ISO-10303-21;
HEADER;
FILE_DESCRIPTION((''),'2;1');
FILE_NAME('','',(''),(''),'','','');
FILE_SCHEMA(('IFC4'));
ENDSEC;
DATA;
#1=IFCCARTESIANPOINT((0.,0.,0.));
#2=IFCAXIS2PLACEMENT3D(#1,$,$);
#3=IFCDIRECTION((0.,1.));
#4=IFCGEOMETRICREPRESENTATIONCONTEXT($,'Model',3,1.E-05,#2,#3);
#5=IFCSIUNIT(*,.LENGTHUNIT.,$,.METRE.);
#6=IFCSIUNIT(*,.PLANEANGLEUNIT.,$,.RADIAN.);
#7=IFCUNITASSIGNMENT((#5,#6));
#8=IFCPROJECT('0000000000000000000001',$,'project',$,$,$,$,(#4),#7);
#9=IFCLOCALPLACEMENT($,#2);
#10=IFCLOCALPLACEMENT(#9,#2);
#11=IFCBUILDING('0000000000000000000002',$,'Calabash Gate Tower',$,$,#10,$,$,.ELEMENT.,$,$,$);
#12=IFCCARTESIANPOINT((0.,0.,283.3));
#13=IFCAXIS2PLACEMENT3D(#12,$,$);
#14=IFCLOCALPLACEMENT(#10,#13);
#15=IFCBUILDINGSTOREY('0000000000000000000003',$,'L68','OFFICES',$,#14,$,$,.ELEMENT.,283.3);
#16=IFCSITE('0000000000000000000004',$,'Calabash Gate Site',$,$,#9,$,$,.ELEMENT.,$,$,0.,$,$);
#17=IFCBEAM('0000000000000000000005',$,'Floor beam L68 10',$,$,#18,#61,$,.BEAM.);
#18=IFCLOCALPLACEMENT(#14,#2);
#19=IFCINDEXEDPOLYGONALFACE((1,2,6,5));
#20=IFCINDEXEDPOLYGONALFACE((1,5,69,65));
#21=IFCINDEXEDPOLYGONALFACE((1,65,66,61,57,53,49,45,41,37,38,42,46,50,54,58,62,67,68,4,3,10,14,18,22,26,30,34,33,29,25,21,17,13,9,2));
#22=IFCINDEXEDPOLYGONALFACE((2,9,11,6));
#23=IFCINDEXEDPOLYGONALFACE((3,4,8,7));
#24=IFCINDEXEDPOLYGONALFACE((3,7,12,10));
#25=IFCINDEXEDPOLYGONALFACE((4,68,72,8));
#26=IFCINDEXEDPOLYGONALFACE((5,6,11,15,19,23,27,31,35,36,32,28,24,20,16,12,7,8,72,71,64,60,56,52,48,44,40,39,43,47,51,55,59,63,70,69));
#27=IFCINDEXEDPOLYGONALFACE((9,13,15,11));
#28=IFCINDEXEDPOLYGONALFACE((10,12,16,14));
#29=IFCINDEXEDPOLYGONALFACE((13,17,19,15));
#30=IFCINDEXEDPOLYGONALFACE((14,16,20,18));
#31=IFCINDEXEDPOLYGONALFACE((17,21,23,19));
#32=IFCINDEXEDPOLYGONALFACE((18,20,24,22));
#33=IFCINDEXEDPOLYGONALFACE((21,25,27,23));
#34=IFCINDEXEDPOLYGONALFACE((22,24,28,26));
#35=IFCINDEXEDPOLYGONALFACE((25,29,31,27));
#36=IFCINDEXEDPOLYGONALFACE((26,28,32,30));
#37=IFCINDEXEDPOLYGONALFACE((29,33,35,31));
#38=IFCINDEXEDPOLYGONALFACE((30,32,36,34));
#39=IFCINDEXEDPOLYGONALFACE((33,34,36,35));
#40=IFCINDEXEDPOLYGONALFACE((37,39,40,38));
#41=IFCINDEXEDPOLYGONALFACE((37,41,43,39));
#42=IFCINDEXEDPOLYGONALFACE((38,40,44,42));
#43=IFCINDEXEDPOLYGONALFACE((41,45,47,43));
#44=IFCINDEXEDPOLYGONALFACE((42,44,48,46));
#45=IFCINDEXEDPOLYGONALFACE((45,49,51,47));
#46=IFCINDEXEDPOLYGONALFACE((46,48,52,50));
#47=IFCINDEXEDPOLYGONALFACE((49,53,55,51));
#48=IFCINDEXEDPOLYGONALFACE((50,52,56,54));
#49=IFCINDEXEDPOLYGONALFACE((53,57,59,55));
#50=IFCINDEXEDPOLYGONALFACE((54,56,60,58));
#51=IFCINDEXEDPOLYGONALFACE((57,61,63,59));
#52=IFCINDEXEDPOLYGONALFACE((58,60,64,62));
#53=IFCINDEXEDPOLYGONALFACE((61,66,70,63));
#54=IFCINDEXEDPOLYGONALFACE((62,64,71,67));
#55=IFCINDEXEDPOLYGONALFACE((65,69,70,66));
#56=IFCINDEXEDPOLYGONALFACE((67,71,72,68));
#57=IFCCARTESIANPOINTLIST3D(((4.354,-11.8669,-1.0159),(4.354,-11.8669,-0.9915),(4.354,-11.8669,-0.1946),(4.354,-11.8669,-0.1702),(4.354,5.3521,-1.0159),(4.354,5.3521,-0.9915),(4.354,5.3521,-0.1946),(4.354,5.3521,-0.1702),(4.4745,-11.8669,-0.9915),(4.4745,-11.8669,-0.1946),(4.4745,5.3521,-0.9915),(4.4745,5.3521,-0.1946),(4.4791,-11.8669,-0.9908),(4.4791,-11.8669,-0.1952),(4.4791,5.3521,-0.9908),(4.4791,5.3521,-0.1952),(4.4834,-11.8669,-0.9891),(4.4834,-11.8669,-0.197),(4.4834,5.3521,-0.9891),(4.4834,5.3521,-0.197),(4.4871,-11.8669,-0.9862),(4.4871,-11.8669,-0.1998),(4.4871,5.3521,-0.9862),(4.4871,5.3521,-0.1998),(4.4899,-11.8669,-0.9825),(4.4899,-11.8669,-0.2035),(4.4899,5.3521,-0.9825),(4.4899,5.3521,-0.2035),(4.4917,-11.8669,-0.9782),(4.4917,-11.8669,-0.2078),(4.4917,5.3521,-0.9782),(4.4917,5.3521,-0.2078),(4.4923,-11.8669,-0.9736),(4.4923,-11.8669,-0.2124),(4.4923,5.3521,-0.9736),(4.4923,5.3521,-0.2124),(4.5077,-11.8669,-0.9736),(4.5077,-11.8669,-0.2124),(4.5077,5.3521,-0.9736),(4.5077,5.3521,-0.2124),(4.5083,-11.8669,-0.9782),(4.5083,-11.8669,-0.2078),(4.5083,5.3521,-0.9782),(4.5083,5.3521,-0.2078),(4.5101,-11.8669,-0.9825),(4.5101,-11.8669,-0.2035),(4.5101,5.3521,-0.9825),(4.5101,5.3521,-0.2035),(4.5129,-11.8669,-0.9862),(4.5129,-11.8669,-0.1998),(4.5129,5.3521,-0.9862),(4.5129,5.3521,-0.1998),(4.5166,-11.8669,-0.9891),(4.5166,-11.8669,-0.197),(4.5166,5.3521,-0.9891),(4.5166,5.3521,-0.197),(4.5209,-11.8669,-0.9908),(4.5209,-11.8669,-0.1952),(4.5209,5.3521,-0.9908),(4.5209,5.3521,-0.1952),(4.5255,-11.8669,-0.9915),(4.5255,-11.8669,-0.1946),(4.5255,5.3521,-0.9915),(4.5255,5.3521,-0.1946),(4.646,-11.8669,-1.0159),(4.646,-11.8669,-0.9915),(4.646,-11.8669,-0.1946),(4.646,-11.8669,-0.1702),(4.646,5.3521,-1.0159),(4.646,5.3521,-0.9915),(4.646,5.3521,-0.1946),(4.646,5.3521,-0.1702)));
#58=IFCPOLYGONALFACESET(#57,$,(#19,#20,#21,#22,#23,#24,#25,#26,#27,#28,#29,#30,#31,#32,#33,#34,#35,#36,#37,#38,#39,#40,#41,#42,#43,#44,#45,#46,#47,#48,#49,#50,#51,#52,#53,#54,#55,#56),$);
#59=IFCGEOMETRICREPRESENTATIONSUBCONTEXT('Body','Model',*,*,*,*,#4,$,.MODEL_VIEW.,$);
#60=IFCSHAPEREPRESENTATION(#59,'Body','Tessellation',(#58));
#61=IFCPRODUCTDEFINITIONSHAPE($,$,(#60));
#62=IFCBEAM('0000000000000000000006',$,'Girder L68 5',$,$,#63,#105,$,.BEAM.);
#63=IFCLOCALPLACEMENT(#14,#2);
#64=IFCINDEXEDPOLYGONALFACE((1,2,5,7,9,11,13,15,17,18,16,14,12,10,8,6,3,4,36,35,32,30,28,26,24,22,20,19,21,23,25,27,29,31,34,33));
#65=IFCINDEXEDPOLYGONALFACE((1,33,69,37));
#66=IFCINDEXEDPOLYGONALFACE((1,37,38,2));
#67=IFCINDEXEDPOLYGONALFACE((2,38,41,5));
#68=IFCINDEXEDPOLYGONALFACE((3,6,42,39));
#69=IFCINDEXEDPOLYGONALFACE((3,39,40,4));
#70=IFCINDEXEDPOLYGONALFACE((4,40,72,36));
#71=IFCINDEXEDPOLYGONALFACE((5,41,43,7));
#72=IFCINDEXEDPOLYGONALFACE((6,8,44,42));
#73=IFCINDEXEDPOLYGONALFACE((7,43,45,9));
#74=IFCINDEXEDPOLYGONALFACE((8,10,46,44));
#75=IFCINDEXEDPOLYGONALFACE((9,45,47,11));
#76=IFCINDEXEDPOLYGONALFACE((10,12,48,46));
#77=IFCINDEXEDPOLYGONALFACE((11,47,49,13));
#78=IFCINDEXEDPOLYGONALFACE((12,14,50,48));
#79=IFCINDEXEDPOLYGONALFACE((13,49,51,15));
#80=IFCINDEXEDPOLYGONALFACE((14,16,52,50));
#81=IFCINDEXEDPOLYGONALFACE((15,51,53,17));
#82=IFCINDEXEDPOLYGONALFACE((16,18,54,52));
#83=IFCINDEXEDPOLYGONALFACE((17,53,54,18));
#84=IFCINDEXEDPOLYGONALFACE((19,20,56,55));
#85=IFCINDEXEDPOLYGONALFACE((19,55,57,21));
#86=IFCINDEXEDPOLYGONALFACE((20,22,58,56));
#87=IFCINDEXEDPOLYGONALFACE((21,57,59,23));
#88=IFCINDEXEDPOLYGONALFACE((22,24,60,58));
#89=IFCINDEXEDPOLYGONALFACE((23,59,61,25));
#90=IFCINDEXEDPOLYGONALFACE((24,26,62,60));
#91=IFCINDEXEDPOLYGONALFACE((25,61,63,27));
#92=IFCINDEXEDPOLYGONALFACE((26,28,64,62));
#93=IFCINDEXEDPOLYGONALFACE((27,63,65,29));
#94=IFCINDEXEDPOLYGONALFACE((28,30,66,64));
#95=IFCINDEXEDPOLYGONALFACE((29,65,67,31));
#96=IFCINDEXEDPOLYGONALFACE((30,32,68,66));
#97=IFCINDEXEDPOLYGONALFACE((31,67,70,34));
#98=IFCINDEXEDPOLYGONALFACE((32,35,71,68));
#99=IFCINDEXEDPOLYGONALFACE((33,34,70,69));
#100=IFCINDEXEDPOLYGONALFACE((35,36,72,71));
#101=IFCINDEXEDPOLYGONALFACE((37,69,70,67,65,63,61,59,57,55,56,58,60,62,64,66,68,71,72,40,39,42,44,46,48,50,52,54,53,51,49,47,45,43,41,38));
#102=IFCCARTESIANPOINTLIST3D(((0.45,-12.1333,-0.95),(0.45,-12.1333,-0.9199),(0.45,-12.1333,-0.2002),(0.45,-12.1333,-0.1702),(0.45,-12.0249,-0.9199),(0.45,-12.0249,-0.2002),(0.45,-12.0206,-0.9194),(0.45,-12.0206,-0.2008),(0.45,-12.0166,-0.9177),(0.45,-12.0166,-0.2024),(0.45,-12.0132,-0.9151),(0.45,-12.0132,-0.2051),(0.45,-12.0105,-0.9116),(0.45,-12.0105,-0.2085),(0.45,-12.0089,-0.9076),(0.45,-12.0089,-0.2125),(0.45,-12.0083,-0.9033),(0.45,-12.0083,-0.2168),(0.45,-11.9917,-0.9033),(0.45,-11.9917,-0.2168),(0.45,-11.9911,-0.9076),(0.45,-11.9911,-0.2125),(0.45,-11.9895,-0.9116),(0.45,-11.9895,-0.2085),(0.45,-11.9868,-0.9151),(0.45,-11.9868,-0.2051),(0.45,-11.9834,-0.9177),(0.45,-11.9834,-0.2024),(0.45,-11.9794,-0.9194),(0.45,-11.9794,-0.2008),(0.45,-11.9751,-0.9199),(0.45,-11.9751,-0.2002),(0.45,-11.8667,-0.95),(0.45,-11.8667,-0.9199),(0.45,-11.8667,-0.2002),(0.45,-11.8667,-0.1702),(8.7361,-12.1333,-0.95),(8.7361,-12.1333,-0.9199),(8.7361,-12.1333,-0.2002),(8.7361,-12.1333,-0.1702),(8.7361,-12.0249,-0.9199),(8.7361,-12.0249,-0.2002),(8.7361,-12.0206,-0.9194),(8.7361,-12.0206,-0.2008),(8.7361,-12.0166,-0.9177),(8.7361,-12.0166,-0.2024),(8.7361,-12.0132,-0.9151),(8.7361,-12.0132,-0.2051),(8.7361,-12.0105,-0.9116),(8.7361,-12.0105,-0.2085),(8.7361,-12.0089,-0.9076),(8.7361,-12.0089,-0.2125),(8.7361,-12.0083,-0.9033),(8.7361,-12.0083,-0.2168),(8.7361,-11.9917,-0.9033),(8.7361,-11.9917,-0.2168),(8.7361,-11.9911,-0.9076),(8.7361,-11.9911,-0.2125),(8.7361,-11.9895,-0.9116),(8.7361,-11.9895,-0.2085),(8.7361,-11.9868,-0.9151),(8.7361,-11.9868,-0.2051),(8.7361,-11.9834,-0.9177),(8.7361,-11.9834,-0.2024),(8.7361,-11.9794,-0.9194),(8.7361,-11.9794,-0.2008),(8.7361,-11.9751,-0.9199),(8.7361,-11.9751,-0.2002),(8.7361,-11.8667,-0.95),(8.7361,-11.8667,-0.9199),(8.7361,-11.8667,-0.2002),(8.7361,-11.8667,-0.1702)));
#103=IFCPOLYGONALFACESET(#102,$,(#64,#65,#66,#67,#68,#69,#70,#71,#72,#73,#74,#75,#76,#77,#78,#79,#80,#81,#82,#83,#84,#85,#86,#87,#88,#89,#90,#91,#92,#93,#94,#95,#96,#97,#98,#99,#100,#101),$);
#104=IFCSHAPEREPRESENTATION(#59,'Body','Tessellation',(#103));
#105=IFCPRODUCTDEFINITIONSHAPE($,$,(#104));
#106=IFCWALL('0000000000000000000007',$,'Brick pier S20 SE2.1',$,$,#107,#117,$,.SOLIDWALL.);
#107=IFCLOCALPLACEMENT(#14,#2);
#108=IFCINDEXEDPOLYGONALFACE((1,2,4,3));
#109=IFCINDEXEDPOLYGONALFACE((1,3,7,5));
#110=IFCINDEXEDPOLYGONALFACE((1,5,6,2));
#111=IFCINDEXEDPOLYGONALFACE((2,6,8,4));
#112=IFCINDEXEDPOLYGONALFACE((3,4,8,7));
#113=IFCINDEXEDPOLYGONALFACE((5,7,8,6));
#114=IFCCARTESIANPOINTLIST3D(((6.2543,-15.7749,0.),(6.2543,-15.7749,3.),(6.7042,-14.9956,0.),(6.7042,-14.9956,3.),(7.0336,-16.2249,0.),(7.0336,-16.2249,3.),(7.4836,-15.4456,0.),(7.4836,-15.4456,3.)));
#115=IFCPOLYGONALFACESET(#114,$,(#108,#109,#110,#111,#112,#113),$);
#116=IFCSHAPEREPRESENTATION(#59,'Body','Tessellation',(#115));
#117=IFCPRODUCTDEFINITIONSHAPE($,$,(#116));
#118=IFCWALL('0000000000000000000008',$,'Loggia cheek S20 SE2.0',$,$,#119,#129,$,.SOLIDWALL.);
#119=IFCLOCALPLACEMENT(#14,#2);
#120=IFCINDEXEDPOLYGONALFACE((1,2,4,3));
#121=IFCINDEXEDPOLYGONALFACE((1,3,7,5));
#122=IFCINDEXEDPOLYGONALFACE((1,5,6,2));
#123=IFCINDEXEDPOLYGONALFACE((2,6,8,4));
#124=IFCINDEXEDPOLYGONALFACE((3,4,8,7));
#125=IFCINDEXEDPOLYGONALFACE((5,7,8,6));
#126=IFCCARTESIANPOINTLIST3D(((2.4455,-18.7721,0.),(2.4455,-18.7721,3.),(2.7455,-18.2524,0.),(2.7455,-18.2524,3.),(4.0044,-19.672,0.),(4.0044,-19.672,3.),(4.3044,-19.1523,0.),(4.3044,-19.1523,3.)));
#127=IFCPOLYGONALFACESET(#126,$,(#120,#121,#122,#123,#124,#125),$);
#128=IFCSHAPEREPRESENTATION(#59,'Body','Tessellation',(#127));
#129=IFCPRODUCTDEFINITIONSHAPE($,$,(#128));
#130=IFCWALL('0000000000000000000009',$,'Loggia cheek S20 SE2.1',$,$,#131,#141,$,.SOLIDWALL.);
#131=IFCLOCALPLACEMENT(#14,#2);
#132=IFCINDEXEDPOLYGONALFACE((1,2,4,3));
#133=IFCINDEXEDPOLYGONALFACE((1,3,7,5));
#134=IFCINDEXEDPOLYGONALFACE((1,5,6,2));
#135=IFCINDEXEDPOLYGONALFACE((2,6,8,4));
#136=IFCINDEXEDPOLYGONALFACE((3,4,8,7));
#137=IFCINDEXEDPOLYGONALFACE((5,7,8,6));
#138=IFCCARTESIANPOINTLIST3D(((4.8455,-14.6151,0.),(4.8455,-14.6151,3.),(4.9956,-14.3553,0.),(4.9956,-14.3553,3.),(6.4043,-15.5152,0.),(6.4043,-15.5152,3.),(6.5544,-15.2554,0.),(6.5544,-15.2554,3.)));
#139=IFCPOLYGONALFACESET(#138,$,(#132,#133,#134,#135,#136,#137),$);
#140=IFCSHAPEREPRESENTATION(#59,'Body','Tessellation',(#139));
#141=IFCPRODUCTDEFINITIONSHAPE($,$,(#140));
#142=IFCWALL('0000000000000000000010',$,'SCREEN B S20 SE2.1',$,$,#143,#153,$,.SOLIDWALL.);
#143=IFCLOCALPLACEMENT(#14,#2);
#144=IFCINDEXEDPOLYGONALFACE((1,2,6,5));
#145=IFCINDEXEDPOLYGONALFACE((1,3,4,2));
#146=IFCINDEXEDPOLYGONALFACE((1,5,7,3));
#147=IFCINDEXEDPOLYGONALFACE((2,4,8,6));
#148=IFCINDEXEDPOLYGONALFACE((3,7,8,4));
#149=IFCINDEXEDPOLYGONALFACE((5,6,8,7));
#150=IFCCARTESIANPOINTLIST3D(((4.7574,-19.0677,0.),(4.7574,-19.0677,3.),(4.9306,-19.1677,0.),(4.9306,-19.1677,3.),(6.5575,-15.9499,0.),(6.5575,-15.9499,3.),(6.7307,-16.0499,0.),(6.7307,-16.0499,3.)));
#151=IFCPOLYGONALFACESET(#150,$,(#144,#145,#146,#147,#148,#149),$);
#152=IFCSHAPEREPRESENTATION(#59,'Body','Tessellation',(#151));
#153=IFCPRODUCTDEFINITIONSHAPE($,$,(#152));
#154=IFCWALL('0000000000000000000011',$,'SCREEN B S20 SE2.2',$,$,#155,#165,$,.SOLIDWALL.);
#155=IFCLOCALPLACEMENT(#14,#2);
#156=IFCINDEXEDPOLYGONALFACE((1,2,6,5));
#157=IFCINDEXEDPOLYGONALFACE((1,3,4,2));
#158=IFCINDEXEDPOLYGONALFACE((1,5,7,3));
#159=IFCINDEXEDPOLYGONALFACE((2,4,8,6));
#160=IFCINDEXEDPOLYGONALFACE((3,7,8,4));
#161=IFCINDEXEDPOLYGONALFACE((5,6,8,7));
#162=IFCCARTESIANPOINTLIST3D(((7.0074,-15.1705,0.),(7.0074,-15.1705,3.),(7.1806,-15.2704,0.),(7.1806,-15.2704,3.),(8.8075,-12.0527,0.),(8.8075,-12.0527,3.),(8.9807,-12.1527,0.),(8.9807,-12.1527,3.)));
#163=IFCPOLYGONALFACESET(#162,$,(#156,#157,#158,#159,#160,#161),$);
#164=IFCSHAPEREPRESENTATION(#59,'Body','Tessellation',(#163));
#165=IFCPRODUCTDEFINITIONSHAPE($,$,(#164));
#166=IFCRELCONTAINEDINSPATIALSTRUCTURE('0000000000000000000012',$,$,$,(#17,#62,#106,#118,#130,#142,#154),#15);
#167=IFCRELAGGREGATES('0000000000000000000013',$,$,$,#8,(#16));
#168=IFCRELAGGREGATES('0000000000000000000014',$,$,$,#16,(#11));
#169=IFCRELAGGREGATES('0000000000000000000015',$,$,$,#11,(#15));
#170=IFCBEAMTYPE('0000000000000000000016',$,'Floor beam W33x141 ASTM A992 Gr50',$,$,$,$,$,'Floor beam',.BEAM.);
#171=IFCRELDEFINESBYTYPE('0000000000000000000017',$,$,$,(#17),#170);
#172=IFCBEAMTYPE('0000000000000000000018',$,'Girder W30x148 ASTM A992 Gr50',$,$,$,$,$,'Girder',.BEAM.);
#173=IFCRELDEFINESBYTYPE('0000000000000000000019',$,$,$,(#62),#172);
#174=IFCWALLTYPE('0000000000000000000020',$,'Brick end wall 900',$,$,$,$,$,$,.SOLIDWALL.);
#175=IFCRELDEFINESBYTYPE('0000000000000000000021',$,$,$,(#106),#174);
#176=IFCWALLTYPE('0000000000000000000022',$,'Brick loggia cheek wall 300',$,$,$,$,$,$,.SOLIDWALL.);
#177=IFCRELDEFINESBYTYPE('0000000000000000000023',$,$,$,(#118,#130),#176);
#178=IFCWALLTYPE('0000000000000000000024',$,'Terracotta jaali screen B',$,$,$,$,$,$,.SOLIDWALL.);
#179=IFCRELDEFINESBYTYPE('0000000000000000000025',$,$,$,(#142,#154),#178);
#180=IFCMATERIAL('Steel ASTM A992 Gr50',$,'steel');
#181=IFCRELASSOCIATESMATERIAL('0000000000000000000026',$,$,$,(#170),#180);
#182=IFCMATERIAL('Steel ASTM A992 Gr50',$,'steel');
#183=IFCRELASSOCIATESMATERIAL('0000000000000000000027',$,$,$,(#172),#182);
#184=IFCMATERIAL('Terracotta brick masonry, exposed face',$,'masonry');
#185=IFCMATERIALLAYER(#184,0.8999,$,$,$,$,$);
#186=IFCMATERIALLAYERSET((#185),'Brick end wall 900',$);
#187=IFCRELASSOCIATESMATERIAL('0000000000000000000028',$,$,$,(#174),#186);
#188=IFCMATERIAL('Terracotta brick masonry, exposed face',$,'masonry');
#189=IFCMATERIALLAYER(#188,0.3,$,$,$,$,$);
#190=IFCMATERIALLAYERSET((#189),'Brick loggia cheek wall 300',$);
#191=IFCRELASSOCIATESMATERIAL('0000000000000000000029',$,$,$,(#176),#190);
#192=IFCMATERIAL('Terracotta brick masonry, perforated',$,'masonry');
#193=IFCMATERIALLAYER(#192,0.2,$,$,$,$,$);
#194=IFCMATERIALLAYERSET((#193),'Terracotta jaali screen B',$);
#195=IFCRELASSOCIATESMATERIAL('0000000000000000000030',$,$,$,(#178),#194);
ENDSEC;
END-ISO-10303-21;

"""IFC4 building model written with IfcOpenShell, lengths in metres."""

from ifc_helpers import new_model, si_unit, direction, frame, frame_2d, origin, origin_2d, place, context, subcontext, project, spatial, rectangle, i_section, extrude, material, layer, layer_set, material_profile, profile_set, type_object, element, save


model = new_model("IFC4")

# Units and contexts
model_context = context("Model", 3, precision=1e-05, world=origin(), true_north=direction((0.0, 1.0)))
body_context = subcontext(model_context, "Body", "Model", "MODEL_VIEW")
ifc_project = project(units=[si_unit("LENGTHUNIT", "METRE"), si_unit("PLANEANGLEUNIT", "RADIAN")], contexts=[model_context])

# Site, building, storey
site_placement = place(None, origin())
site = spatial("IfcSite", under=ifc_project, at=site_placement, Name="Calabash Gate Site", CompositionType="ELEMENT", RefElevation=0.0)
building_placement = place(site_placement, origin())
building = spatial("IfcBuilding", under=site, at=building_placement, Name="Calabash Gate Tower", CompositionType="ELEMENT")
storey_placement = place(building_placement, frame((0.0, 0.0, 283.3)))
storey = spatial("IfcBuildingStorey", under=building, at=storey_placement, Name="L68", Description="OFFICES", CompositionType="ELEMENT", Elevation=283.3)

# Beams
ifc_material_1 = material(Name="Steel ASTM A992 Gr50", Category="steel")
ifc_material_profile_1 = material_profile(ifc_material_1, i_section(OverallWidth=0.292, OverallDepth=0.8457, WebThickness=0.0154, FlangeThickness=0.0244, FilletRadius=0.0178, at=origin_2d()))
ifc_profile_set_1 = profile_set([ifc_material_profile_1], Name="Steel ASTM A992 Gr50")
beam_type_1 = type_object("IfcBeamType", Name="Floor beam W33x141 ASTM A992 Gr50", ElementType="Floor beam", PredefinedType="BEAM", material=ifc_profile_set_1)
beam_1_placement = place(storey_placement, frame((4.5, -11.8669, -0.593), z_axis=(0.0, 1.0, 0.0), x_axis=(-1.0, 0.0, 0.0)))
element("IfcBeam", 1, at=beam_1_placement, inside=storey, type_object=beam_type_1, Name="Floor beam L68 10", PredefinedType="BEAM", context=body_context, shape_type="SweptSolid", body=[
    extrude(i_section(OverallWidth=0.292, OverallDepth=0.8457, WebThickness=0.0154, FlangeThickness=0.0244, FilletRadius=0.0178, at=origin_2d()), origin(), (0.0, 0.0, 1.0), 17.219),
])
ifc_material_2 = material(Name="Steel ASTM A992 Gr50", Category="steel")
ifc_material_profile_2 = material_profile(ifc_material_2, i_section(OverallWidth=0.2666, OverallDepth=0.7798, WebThickness=0.0166, FlangeThickness=0.03, FilletRadius=0.0166, at=origin_2d()))
ifc_profile_set_2 = profile_set([ifc_material_profile_2], Name="Steel ASTM A992 Gr50")
beam_type_2 = type_object("IfcBeamType", Name="Girder W30x148 ASTM A992 Gr50", ElementType="Girder", PredefinedType="BEAM", material=ifc_profile_set_2)
beam_2_placement = place(storey_placement, frame((0.45, -12.0, -0.5601), z_axis=(1.0, 0.0, 0.0), x_axis=(0.0, 1.0, 0.0)))
element("IfcBeam", 2, at=beam_2_placement, inside=storey, type_object=beam_type_2, Name="Girder L68 5", PredefinedType="BEAM", context=body_context, shape_type="SweptSolid", body=[
    extrude(i_section(OverallWidth=0.2666, OverallDepth=0.7798, WebThickness=0.0166, FlangeThickness=0.03, FilletRadius=0.0166, at=origin_2d()), origin(), (0.0, 0.0, 1.0), 8.2861),
])

# Walls
ifc_material_3 = material(Name="Terracotta brick masonry, exposed face", Category="masonry")
ifc_layer_1 = layer(ifc_material_3, 0.8999)
ifc_layer_set_1 = layer_set([ifc_layer_1], Name="Brick end wall 900")
wall_type_1 = type_object("IfcWallType", Name="Brick end wall 900", PredefinedType="SOLIDWALL", material=ifc_layer_set_1)
wall_1_placement = place(storey_placement, frame((6.4792, -15.3853, 0.0), z_axis=(0.0, 0.0, 1.0), x_axis=(0.866014, -0.50002, 0.0)))
element("IfcWall", 3, at=wall_1_placement, inside=storey, type_object=wall_type_1, Name="Brick pier S20 SE2.1", PredefinedType="SOLIDWALL", context=body_context, shape_type="SweptSolid", body=[
    extrude(rectangle(XDim=0.8999, YDim=0.8999, at=frame_2d((0.45, 0.0))), origin(), (0.0, 0.0, 1.0), 3.0),
])
ifc_material_4 = material(Name="Terracotta brick masonry, exposed face", Category="masonry")
ifc_layer_2 = layer(ifc_material_4, 0.3)
ifc_layer_set_2 = layer_set([ifc_layer_2], Name="Brick loggia cheek wall 300")
wall_type_2 = type_object("IfcWallType", Name="Brick loggia cheek wall 300", PredefinedType="SOLIDWALL", material=ifc_layer_set_2)
wall_2_placement = place(storey_placement, frame((4.1543, -19.4121, 0.0), z_axis=(0.0, 0.0, 1.0), x_axis=(-0.866048, 0.499961, 0.0)))
element("IfcWall", 4, at=wall_2_placement, inside=storey, type_object=wall_type_2, Name="Loggia cheek S20 SE2.0", PredefinedType="SOLIDWALL", context=body_context, shape_type="SweptSolid", body=[
    extrude(rectangle(XDim=1.8, YDim=0.6001, at=frame_2d((0.8999, 0.0))), origin(), (0.0, 0.0, 1.0), 3.0),
])
wall_3_placement = place(storey_placement, frame((6.4792, -15.3853, 0.0), z_axis=(0.0, 0.0, 1.0), x_axis=(-0.865989, 0.500063, 0.0)))
element("IfcWall", 5, at=wall_3_placement, inside=storey, type_object=wall_type_2, Name="Loggia cheek S20 SE2.1", PredefinedType="SOLIDWALL", context=body_context, shape_type="SweptSolid", body=[
    extrude(rectangle(XDim=1.8, YDim=0.3, at=frame_2d((0.8999, 0.0))), origin(), (0.0, 0.0, 1.0), 3.0),
])
ifc_material_5 = material(Name="Terracotta brick masonry, perforated", Category="masonry")
ifc_layer_3 = layer(ifc_material_5, 0.2)
ifc_layer_set_3 = layer_set([ifc_layer_3], Name="Terracotta jaali screen B")
wall_type_3 = type_object("IfcWallType", Name="Terracotta jaali screen B", PredefinedType="SOLIDWALL", material=ifc_layer_set_3)
for number, where, z_axis, x_axis, name in (
    (6, (4.844, -19.1177, 0.0), (0.0, 0.0, 1.0), (0.500012, 0.866018, 0.0), "SCREEN B S20 SE2.1"),
    (7, (7.094, -15.2205, 0.0), (0.0, 0.0, 1.0), (0.500012, 0.866018, 0.0), "SCREEN B S20 SE2.2"),
):
    element("IfcWall", number, at=place(storey_placement, frame(where, z_axis=z_axis, x_axis=x_axis)), inside=storey, type_object=wall_type_3, Name=name, PredefinedType="SOLIDWALL", context=body_context, shape_type="SweptSolid", body=[
        extrude(rectangle(XDim=3.6001, YDim=0.2, at=frame_2d((1.8, 0.0))), origin(), (0.0, 0.0, 1.0), 3.0),
    ])

save(model, "model.ifc")
